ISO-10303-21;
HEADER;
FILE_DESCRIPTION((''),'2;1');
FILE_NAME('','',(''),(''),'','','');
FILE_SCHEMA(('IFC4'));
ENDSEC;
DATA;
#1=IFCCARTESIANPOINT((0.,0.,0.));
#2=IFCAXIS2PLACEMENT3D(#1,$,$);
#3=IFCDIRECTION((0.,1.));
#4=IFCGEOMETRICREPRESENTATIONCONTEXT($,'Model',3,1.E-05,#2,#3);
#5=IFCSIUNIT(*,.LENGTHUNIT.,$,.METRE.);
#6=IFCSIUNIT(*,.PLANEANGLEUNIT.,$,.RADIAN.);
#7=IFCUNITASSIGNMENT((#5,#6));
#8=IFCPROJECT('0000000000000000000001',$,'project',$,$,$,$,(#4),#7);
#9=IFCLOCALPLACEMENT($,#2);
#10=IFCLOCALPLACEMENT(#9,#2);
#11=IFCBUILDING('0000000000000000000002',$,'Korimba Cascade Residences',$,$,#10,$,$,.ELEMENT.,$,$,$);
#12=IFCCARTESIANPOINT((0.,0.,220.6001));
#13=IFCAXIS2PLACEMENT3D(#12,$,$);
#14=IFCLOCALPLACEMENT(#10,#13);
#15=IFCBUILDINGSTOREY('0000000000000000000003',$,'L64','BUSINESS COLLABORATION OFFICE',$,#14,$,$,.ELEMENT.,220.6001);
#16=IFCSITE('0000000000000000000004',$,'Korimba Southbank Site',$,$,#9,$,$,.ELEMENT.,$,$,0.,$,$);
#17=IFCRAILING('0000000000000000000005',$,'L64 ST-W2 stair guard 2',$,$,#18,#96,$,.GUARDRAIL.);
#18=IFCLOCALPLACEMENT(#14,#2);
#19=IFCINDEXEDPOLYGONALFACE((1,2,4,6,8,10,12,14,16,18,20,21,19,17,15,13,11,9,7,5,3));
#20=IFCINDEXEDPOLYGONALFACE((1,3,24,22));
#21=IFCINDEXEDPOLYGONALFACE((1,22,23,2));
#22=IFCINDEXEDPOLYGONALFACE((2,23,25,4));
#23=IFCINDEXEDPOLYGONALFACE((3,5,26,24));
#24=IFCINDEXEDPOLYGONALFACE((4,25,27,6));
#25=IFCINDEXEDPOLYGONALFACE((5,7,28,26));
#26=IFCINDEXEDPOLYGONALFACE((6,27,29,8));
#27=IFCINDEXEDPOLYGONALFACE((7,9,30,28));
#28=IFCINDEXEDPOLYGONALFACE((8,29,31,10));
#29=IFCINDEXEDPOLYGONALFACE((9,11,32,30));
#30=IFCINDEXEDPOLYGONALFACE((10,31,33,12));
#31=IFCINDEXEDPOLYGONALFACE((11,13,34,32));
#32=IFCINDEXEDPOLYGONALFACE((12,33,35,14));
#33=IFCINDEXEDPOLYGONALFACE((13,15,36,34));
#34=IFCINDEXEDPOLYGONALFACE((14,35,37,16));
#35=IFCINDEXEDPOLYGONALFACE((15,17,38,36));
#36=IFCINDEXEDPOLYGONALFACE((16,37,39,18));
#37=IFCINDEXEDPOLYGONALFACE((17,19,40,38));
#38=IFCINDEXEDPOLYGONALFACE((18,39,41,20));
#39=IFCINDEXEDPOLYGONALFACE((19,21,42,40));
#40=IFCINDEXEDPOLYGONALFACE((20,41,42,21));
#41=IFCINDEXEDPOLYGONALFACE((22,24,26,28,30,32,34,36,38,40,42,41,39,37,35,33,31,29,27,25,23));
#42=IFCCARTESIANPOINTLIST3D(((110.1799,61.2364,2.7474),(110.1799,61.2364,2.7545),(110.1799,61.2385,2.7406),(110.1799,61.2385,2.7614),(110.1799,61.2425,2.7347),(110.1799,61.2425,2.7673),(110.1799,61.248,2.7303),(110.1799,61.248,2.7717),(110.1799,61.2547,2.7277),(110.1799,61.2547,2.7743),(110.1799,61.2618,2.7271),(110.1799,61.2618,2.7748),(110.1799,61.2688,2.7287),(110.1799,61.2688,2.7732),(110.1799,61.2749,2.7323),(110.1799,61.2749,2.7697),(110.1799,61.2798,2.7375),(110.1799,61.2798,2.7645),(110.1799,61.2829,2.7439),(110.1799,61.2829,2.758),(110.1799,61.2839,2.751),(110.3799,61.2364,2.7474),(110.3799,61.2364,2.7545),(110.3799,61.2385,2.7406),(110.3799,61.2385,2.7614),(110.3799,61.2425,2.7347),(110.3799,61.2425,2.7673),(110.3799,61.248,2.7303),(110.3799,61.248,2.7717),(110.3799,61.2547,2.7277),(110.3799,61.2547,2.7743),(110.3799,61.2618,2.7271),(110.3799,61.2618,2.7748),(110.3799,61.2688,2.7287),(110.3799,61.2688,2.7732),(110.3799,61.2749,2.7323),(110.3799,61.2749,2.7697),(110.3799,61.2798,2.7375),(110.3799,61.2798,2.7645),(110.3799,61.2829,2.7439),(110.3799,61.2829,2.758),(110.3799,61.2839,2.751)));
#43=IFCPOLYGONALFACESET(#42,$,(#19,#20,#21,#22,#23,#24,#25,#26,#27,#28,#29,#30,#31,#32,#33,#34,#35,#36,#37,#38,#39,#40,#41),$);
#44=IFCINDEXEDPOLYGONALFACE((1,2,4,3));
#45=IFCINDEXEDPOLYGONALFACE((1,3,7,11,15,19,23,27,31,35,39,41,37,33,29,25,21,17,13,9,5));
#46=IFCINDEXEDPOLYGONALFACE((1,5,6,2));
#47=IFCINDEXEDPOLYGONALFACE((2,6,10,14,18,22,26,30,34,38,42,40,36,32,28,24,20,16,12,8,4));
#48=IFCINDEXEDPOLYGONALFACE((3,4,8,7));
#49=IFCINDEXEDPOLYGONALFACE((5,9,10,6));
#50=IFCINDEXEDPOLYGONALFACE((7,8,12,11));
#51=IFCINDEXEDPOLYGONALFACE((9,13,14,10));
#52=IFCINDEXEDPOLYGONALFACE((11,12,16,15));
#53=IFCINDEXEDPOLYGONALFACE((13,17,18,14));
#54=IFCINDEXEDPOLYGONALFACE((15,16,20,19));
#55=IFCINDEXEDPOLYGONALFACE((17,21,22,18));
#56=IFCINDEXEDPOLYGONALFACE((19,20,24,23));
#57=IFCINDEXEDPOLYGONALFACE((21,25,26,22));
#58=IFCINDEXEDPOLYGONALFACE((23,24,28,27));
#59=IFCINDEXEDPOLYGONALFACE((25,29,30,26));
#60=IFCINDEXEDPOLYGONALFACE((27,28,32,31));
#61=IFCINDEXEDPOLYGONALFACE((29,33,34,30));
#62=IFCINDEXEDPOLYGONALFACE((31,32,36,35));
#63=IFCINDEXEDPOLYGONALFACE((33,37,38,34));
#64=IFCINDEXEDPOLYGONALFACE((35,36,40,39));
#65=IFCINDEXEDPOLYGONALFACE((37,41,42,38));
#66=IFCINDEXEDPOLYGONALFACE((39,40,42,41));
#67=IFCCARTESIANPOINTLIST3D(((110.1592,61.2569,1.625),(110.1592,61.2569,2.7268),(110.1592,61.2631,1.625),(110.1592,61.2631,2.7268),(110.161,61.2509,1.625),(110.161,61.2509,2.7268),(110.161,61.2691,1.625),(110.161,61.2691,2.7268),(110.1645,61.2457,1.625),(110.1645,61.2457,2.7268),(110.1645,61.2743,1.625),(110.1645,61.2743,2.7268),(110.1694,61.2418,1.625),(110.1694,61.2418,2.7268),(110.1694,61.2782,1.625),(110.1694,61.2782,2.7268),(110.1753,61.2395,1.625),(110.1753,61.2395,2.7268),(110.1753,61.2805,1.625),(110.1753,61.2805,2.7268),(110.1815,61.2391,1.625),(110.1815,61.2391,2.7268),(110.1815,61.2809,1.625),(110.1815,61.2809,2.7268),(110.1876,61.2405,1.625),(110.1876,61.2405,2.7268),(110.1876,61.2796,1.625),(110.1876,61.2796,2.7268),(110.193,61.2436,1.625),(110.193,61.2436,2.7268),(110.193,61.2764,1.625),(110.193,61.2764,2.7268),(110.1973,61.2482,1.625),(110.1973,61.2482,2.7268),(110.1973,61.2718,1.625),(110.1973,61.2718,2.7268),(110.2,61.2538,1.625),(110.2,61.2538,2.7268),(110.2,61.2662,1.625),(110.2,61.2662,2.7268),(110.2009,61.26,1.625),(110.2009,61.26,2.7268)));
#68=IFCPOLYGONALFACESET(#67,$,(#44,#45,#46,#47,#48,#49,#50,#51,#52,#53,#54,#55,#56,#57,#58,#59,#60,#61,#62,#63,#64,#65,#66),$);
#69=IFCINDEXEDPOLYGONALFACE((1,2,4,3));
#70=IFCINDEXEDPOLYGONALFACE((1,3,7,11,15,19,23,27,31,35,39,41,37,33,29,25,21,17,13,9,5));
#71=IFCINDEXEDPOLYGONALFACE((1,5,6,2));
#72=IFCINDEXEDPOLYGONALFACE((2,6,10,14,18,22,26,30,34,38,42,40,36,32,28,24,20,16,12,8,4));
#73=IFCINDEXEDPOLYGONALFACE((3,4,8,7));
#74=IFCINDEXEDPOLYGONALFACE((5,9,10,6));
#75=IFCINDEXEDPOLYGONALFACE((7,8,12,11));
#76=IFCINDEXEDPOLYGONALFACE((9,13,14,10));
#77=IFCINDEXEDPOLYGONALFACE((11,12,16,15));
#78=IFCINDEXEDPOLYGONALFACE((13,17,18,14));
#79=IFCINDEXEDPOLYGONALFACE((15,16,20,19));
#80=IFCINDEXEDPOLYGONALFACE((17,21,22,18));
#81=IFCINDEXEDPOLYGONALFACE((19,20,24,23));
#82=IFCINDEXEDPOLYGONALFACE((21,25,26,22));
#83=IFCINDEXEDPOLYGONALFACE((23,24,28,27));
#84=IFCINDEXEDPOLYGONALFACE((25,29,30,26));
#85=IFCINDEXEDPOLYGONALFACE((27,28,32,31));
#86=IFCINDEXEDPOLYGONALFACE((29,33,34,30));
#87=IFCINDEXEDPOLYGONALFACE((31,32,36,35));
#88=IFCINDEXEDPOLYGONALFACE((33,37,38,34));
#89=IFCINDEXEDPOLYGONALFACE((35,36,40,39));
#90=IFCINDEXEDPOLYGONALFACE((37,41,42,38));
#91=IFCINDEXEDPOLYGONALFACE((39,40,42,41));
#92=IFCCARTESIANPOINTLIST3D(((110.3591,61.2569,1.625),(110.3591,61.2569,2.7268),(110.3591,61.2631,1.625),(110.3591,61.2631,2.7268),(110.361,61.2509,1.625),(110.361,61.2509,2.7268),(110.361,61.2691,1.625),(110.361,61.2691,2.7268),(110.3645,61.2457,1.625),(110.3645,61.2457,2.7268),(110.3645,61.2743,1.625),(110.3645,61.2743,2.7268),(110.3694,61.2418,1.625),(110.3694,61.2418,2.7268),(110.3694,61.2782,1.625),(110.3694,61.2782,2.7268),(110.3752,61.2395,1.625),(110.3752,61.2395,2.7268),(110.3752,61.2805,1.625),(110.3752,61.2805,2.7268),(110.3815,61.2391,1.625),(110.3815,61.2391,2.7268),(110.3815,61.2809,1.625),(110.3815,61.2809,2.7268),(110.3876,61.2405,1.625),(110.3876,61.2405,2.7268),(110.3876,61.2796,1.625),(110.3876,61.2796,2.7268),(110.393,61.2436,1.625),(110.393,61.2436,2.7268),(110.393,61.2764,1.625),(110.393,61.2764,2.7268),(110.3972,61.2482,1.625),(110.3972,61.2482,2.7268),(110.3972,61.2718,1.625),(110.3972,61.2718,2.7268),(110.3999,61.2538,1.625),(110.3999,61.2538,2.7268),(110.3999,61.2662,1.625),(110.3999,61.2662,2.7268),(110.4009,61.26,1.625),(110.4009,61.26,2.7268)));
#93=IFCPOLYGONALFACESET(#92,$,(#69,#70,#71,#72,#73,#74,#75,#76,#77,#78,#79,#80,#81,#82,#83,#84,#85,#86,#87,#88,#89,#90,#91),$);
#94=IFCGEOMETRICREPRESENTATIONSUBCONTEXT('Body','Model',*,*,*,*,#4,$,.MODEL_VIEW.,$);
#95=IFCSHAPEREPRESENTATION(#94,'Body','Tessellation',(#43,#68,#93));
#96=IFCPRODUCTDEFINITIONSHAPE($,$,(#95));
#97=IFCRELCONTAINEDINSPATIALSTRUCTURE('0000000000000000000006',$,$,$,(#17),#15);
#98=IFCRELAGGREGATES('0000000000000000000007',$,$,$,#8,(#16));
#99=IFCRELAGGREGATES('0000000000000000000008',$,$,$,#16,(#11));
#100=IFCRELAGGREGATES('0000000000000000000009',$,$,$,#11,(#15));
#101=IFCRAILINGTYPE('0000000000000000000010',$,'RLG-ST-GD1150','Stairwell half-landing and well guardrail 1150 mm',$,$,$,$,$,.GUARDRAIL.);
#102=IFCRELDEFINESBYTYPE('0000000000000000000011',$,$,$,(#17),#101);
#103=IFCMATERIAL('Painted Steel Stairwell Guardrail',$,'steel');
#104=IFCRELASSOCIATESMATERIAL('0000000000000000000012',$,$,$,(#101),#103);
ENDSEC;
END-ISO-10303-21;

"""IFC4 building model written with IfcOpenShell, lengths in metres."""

from ifc_helpers import new_model, si_unit, direction, frame, origin, origin_2d, place, context, subcontext, project, spatial, circle, extrude, material, type_object, element, save


model = new_model("IFC4")

# Units and contexts
model_context = context("Model", 3, precision=1e-05, world=origin(), true_north=direction((0.0, 1.0)))
body_context = subcontext(model_context, "Body", "Model", "MODEL_VIEW")
ifc_project = project(units=[si_unit("LENGTHUNIT", "METRE"), si_unit("PLANEANGLEUNIT", "RADIAN")], contexts=[model_context])

# Site, building, storey
site_placement = place(None, origin())
site = spatial("IfcSite", under=ifc_project, at=site_placement, Name="Korimba Southbank Site", CompositionType="ELEMENT", RefElevation=0.0)
building_placement = place(site_placement, origin())
building = spatial("IfcBuilding", under=site, at=building_placement, Name="Korimba Cascade Residences", CompositionType="ELEMENT")
storey_placement = place(building_placement, frame((0.0, 0.0, 220.6001)))
storey = spatial("IfcBuildingStorey", under=building, at=storey_placement, Name="L64", Description="BUSINESS COLLABORATION OFFICE", CompositionType="ELEMENT", Elevation=220.6001)

# Railing
ifc_material_1 = material(Name="Painted Steel Stairwell Guardrail", Category="steel")
railing_type_1 = type_object("IfcRailingType", Name="RLG-ST-GD1150", Description="Stairwell half-landing and well guardrail 1150 mm", PredefinedType="GUARDRAIL", material=ifc_material_1)
railing_1_placement = place(storey_placement, frame((110.1799, 61.26, 1.625)))
element("IfcRailing", 1, at=railing_1_placement, inside=storey, type_object=railing_type_1, Name="L64 ST-W2 stair guard 2", PredefinedType="GUARDRAIL", context=body_context, shape_type="SweptSolid", body=[
    extrude(circle(Radius=0.0239, at=origin_2d()), frame((0.0, 0.0, 1.126), z_axis=(1.0, 0.0, 0.0), x_axis=(0.0, 1.0, 0.0)), (0.0, 0.0, 1.0), 0.2),
    extrude(circle(Radius=0.021, at=origin_2d()), origin(), (0.0, 0.0, 1.0), 1.1018),
    extrude(circle(Radius=0.021, at=origin_2d()), frame((0.2, 0.0, 0.0)), (0.0, 0.0, 1.0), 1.1018),
])

save(model, "model.ifc")
